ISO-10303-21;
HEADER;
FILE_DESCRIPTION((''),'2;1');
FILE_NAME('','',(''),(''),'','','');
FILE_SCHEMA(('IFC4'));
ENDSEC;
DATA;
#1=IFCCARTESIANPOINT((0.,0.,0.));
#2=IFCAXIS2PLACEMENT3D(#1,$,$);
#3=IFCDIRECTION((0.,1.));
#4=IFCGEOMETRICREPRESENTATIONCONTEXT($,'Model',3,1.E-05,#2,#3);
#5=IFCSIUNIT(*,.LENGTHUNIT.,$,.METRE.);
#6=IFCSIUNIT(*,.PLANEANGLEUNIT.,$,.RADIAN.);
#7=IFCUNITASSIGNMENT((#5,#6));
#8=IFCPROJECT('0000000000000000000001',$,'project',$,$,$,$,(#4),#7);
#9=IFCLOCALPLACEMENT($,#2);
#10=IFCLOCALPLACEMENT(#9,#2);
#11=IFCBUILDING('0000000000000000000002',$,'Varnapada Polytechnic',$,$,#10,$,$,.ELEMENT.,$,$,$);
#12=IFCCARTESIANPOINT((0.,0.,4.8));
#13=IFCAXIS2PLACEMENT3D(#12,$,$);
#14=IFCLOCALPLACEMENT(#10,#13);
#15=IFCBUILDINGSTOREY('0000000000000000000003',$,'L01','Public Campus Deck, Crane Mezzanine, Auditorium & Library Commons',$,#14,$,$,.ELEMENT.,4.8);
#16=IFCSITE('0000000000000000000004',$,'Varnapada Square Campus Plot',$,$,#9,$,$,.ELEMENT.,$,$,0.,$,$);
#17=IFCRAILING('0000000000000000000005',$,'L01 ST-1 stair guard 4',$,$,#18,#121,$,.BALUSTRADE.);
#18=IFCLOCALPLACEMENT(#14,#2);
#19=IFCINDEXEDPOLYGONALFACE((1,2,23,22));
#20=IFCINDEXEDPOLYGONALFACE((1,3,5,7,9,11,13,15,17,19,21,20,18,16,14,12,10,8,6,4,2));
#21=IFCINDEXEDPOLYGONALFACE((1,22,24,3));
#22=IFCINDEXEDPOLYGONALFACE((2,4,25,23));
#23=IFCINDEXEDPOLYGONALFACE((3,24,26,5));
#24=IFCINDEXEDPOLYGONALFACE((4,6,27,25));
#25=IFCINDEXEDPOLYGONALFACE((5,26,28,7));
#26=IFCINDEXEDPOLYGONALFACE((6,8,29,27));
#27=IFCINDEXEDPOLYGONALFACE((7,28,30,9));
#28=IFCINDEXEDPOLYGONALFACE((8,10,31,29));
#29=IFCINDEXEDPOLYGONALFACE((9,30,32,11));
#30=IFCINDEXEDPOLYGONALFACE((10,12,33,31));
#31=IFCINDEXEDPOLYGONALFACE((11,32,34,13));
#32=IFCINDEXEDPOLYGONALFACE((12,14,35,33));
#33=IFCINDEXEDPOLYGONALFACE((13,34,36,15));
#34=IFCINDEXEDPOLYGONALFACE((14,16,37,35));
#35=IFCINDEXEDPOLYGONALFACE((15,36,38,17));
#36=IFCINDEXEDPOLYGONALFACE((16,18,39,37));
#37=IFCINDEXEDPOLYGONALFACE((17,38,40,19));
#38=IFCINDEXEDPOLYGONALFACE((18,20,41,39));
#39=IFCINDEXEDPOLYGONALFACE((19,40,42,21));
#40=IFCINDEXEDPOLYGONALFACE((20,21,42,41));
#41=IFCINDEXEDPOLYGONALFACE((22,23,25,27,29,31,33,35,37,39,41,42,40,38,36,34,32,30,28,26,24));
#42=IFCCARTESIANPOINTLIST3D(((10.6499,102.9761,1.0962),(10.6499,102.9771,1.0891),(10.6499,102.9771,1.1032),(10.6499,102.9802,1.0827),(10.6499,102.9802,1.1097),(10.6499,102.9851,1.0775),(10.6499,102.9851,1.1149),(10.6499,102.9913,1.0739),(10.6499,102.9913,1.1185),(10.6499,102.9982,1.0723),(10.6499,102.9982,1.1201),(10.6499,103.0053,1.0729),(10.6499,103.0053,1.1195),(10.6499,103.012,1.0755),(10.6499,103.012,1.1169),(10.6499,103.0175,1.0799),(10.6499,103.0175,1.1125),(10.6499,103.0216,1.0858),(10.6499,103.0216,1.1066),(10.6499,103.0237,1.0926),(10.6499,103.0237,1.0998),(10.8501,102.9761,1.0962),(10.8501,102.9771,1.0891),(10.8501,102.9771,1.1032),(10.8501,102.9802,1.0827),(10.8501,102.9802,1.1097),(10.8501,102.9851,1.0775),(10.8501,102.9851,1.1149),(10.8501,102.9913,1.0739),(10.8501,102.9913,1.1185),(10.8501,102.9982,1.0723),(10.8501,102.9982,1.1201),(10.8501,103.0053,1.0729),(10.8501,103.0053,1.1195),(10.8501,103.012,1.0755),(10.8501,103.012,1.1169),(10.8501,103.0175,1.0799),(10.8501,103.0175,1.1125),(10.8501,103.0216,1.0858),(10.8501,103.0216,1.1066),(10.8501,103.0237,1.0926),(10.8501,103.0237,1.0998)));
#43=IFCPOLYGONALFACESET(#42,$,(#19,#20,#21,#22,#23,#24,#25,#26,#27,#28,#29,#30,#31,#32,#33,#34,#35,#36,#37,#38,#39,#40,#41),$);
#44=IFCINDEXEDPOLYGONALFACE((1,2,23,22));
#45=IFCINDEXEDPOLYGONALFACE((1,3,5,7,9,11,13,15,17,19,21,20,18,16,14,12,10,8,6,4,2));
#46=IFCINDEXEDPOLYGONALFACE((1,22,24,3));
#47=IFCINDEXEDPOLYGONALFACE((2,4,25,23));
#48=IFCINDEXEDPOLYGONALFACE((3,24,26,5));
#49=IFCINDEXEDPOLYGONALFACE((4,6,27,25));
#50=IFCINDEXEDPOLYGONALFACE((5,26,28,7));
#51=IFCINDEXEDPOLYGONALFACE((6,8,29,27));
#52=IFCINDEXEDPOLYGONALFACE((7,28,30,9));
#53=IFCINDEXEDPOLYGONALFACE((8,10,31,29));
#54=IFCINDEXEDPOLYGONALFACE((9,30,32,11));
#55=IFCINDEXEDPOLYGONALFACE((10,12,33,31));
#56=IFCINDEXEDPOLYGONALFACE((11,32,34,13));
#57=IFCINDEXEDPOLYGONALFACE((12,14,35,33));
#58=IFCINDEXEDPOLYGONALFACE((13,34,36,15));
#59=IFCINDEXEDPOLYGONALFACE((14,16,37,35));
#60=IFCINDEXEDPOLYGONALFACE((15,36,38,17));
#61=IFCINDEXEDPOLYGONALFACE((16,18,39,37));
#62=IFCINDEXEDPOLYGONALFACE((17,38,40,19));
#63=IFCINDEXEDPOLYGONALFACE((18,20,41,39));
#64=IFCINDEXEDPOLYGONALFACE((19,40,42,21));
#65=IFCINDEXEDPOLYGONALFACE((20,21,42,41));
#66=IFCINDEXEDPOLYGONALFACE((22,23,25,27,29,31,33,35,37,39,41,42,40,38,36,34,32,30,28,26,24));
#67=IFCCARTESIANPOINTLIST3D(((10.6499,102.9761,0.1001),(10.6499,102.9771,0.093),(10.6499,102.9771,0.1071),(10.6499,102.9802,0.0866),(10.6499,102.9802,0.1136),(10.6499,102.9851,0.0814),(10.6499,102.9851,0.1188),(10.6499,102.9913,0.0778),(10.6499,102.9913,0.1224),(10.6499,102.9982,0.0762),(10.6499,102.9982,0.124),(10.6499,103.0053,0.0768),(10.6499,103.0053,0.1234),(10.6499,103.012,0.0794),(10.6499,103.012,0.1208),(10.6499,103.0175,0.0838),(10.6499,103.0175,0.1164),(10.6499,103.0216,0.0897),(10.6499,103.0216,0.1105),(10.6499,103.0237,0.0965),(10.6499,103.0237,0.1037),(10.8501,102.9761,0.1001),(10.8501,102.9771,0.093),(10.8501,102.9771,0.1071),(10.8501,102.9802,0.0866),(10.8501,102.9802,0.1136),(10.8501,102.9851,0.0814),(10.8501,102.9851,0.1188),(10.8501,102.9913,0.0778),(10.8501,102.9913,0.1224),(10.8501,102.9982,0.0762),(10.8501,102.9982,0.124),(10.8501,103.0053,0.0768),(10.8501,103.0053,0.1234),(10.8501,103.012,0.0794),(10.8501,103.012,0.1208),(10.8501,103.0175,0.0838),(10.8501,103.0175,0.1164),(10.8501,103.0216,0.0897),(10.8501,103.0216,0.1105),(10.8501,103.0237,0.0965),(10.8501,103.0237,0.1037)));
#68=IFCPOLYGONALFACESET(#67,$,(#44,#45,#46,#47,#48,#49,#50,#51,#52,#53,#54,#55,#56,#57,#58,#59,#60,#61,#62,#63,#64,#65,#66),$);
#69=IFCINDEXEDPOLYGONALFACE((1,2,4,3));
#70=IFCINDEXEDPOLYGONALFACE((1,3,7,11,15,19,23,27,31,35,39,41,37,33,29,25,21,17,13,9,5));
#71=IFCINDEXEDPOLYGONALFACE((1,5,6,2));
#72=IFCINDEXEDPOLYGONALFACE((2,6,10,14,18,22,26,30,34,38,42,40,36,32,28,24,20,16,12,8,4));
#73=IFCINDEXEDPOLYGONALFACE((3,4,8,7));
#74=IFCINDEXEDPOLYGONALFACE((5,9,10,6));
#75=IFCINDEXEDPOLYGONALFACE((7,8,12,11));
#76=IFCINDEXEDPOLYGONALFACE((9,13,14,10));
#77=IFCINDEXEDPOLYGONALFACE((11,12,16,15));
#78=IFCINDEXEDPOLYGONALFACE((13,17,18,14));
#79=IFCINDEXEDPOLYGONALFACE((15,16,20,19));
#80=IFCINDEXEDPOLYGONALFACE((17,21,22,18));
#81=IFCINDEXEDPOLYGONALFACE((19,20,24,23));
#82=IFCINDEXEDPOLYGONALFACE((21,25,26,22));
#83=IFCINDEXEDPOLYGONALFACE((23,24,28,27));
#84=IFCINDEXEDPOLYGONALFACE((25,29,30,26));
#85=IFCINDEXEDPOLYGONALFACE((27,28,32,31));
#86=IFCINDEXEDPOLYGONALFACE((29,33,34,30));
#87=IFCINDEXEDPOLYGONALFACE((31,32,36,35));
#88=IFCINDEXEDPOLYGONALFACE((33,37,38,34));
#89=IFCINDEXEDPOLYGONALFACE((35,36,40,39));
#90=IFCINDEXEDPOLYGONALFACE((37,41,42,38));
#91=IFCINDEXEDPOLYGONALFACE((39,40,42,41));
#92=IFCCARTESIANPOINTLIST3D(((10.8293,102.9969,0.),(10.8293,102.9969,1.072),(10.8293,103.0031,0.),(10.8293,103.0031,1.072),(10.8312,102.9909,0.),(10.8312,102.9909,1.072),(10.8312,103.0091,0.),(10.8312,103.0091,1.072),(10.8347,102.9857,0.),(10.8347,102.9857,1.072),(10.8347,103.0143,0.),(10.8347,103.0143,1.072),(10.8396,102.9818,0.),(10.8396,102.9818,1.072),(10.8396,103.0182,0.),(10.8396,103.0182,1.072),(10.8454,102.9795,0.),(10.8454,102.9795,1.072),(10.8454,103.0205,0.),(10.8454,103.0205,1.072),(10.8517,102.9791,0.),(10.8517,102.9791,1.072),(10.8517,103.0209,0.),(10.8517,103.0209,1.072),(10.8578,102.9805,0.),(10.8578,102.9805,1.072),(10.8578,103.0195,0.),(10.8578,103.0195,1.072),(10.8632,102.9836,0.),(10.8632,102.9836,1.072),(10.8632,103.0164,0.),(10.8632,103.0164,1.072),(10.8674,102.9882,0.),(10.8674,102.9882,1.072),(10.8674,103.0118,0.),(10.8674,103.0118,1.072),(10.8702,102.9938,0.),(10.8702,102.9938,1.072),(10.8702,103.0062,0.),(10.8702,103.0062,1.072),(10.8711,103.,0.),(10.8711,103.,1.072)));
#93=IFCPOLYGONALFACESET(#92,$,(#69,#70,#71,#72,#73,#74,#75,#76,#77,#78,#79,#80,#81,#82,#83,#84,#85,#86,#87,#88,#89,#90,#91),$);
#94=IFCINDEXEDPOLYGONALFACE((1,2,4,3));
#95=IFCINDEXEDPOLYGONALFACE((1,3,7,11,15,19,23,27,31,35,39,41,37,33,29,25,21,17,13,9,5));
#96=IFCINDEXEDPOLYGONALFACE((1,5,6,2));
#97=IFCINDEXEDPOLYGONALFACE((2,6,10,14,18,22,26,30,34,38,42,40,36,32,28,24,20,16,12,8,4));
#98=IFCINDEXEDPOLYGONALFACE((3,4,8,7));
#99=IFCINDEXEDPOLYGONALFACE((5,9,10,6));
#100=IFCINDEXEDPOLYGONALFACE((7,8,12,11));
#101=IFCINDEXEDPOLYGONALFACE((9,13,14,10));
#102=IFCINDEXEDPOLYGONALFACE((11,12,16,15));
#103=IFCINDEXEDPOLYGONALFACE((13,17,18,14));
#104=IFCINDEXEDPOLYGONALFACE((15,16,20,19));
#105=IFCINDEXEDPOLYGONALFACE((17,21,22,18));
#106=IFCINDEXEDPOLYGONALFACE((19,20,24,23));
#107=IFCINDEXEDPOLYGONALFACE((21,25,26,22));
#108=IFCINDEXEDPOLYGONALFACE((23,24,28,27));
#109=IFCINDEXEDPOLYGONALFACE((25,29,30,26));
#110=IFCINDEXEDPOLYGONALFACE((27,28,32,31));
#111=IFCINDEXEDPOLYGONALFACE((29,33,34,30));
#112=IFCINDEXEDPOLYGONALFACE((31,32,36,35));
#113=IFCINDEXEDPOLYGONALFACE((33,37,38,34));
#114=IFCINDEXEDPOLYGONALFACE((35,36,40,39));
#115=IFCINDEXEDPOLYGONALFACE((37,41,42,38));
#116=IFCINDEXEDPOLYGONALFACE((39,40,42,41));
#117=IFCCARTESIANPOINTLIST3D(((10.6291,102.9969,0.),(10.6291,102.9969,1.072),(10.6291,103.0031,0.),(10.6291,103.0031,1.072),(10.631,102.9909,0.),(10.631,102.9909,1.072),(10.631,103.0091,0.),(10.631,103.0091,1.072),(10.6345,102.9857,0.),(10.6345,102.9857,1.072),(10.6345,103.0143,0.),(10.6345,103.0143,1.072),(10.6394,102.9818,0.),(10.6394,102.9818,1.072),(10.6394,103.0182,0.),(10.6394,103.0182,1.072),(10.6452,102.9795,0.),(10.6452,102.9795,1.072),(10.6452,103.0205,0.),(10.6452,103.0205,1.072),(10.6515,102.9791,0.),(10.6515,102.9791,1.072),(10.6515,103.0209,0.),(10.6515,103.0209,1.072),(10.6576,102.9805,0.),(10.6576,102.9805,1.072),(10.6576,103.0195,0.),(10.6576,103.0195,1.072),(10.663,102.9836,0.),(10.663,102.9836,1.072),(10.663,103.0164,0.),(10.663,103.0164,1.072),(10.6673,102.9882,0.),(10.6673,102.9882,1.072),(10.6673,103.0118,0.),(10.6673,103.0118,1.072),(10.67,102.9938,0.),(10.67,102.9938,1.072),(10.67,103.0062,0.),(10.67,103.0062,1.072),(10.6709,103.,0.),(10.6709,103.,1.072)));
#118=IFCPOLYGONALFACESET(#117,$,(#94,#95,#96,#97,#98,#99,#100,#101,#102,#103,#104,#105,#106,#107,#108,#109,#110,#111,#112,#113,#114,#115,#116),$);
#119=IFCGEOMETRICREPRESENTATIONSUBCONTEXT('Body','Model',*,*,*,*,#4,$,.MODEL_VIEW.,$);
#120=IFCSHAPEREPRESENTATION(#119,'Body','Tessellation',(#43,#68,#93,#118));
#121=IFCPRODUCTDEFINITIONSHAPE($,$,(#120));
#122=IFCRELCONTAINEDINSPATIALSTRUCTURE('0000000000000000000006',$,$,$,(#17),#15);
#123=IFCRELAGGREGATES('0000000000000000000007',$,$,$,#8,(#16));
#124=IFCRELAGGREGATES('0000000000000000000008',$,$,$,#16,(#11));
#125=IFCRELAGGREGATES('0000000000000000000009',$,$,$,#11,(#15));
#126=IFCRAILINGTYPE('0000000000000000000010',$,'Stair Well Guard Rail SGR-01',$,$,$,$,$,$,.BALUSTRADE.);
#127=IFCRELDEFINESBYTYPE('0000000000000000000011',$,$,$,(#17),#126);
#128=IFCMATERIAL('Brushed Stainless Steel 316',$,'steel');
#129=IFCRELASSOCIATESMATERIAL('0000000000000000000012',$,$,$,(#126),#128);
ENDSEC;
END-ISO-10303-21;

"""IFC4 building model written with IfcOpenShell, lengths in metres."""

from ifc_helpers import new_model, si_unit, direction, frame, origin, origin_2d, place, context, subcontext, project, spatial, circle, extrude, material, type_object, element, save


model = new_model("IFC4")

# Units and contexts
model_context = context("Model", 3, precision=1e-05, world=origin(), true_north=direction((0.0, 1.0)))
body_context = subcontext(model_context, "Body", "Model", "MODEL_VIEW")
ifc_project = project(units=[si_unit("LENGTHUNIT", "METRE"), si_unit("PLANEANGLEUNIT", "RADIAN")], contexts=[model_context])

# Site, building, storey
site_placement = place(None, origin())
site = spatial("IfcSite", under=ifc_project, at=site_placement, Name="Varnapada Square Campus Plot", CompositionType="ELEMENT", RefElevation=0.0)
building_placement = place(site_placement, origin())
building = spatial("IfcBuilding", under=site, at=building_placement, Name="Varnapada Polytechnic", CompositionType="ELEMENT")
storey_placement = place(building_placement, frame((0.0, 0.0, 4.8)))
storey = spatial("IfcBuildingStorey", under=building, at=storey_placement, Name="L01", Description="Public Campus Deck, Crane Mezzanine, Auditorium & Library Commons", CompositionType="ELEMENT", Elevation=4.8)

# Shared definitions
ifc_material_1 = material(Name="Brushed Stainless Steel 316", Category="steel")

# Railing
railing_type_1 = type_object("IfcRailingType", Name="Stair Well Guard Rail SGR-01", PredefinedType="BALUSTRADE", material=ifc_material_1)
railing_1_placement = place(storey_placement, frame((10.8501, 103.0, 0.0)))
element("IfcRailing", 1, at=railing_1_placement, inside=storey, type_object=railing_type_1, Name="L01 ST-1 stair guard 4", PredefinedType="BALUSTRADE", context=body_context, shape_type="SweptSolid", body=[
    extrude(circle(Radius=0.0239, at=origin_2d()), frame((0.0, 0.0, 1.0962), z_axis=(-1.0, 0.0, 0.0), x_axis=(0.0, -1.0, 0.0)), (0.0, 0.0, 1.0), 0.2002),
    extrude(circle(Radius=0.0239, at=origin_2d()), frame((0.0, 0.0, 0.1001), z_axis=(-1.0, 0.0, 0.0), x_axis=(0.0, -1.0, 0.0)), (0.0, 0.0, 1.0), 0.2002),
    extrude(circle(Radius=0.021, at=origin_2d()), origin(), (0.0, 0.0, 1.0), 1.072),
    extrude(circle(Radius=0.021, at=origin_2d()), frame((-0.2002, 0.0, 0.0)), (0.0, 0.0, 1.0), 1.072),
])

save(model, "model.ifc")
